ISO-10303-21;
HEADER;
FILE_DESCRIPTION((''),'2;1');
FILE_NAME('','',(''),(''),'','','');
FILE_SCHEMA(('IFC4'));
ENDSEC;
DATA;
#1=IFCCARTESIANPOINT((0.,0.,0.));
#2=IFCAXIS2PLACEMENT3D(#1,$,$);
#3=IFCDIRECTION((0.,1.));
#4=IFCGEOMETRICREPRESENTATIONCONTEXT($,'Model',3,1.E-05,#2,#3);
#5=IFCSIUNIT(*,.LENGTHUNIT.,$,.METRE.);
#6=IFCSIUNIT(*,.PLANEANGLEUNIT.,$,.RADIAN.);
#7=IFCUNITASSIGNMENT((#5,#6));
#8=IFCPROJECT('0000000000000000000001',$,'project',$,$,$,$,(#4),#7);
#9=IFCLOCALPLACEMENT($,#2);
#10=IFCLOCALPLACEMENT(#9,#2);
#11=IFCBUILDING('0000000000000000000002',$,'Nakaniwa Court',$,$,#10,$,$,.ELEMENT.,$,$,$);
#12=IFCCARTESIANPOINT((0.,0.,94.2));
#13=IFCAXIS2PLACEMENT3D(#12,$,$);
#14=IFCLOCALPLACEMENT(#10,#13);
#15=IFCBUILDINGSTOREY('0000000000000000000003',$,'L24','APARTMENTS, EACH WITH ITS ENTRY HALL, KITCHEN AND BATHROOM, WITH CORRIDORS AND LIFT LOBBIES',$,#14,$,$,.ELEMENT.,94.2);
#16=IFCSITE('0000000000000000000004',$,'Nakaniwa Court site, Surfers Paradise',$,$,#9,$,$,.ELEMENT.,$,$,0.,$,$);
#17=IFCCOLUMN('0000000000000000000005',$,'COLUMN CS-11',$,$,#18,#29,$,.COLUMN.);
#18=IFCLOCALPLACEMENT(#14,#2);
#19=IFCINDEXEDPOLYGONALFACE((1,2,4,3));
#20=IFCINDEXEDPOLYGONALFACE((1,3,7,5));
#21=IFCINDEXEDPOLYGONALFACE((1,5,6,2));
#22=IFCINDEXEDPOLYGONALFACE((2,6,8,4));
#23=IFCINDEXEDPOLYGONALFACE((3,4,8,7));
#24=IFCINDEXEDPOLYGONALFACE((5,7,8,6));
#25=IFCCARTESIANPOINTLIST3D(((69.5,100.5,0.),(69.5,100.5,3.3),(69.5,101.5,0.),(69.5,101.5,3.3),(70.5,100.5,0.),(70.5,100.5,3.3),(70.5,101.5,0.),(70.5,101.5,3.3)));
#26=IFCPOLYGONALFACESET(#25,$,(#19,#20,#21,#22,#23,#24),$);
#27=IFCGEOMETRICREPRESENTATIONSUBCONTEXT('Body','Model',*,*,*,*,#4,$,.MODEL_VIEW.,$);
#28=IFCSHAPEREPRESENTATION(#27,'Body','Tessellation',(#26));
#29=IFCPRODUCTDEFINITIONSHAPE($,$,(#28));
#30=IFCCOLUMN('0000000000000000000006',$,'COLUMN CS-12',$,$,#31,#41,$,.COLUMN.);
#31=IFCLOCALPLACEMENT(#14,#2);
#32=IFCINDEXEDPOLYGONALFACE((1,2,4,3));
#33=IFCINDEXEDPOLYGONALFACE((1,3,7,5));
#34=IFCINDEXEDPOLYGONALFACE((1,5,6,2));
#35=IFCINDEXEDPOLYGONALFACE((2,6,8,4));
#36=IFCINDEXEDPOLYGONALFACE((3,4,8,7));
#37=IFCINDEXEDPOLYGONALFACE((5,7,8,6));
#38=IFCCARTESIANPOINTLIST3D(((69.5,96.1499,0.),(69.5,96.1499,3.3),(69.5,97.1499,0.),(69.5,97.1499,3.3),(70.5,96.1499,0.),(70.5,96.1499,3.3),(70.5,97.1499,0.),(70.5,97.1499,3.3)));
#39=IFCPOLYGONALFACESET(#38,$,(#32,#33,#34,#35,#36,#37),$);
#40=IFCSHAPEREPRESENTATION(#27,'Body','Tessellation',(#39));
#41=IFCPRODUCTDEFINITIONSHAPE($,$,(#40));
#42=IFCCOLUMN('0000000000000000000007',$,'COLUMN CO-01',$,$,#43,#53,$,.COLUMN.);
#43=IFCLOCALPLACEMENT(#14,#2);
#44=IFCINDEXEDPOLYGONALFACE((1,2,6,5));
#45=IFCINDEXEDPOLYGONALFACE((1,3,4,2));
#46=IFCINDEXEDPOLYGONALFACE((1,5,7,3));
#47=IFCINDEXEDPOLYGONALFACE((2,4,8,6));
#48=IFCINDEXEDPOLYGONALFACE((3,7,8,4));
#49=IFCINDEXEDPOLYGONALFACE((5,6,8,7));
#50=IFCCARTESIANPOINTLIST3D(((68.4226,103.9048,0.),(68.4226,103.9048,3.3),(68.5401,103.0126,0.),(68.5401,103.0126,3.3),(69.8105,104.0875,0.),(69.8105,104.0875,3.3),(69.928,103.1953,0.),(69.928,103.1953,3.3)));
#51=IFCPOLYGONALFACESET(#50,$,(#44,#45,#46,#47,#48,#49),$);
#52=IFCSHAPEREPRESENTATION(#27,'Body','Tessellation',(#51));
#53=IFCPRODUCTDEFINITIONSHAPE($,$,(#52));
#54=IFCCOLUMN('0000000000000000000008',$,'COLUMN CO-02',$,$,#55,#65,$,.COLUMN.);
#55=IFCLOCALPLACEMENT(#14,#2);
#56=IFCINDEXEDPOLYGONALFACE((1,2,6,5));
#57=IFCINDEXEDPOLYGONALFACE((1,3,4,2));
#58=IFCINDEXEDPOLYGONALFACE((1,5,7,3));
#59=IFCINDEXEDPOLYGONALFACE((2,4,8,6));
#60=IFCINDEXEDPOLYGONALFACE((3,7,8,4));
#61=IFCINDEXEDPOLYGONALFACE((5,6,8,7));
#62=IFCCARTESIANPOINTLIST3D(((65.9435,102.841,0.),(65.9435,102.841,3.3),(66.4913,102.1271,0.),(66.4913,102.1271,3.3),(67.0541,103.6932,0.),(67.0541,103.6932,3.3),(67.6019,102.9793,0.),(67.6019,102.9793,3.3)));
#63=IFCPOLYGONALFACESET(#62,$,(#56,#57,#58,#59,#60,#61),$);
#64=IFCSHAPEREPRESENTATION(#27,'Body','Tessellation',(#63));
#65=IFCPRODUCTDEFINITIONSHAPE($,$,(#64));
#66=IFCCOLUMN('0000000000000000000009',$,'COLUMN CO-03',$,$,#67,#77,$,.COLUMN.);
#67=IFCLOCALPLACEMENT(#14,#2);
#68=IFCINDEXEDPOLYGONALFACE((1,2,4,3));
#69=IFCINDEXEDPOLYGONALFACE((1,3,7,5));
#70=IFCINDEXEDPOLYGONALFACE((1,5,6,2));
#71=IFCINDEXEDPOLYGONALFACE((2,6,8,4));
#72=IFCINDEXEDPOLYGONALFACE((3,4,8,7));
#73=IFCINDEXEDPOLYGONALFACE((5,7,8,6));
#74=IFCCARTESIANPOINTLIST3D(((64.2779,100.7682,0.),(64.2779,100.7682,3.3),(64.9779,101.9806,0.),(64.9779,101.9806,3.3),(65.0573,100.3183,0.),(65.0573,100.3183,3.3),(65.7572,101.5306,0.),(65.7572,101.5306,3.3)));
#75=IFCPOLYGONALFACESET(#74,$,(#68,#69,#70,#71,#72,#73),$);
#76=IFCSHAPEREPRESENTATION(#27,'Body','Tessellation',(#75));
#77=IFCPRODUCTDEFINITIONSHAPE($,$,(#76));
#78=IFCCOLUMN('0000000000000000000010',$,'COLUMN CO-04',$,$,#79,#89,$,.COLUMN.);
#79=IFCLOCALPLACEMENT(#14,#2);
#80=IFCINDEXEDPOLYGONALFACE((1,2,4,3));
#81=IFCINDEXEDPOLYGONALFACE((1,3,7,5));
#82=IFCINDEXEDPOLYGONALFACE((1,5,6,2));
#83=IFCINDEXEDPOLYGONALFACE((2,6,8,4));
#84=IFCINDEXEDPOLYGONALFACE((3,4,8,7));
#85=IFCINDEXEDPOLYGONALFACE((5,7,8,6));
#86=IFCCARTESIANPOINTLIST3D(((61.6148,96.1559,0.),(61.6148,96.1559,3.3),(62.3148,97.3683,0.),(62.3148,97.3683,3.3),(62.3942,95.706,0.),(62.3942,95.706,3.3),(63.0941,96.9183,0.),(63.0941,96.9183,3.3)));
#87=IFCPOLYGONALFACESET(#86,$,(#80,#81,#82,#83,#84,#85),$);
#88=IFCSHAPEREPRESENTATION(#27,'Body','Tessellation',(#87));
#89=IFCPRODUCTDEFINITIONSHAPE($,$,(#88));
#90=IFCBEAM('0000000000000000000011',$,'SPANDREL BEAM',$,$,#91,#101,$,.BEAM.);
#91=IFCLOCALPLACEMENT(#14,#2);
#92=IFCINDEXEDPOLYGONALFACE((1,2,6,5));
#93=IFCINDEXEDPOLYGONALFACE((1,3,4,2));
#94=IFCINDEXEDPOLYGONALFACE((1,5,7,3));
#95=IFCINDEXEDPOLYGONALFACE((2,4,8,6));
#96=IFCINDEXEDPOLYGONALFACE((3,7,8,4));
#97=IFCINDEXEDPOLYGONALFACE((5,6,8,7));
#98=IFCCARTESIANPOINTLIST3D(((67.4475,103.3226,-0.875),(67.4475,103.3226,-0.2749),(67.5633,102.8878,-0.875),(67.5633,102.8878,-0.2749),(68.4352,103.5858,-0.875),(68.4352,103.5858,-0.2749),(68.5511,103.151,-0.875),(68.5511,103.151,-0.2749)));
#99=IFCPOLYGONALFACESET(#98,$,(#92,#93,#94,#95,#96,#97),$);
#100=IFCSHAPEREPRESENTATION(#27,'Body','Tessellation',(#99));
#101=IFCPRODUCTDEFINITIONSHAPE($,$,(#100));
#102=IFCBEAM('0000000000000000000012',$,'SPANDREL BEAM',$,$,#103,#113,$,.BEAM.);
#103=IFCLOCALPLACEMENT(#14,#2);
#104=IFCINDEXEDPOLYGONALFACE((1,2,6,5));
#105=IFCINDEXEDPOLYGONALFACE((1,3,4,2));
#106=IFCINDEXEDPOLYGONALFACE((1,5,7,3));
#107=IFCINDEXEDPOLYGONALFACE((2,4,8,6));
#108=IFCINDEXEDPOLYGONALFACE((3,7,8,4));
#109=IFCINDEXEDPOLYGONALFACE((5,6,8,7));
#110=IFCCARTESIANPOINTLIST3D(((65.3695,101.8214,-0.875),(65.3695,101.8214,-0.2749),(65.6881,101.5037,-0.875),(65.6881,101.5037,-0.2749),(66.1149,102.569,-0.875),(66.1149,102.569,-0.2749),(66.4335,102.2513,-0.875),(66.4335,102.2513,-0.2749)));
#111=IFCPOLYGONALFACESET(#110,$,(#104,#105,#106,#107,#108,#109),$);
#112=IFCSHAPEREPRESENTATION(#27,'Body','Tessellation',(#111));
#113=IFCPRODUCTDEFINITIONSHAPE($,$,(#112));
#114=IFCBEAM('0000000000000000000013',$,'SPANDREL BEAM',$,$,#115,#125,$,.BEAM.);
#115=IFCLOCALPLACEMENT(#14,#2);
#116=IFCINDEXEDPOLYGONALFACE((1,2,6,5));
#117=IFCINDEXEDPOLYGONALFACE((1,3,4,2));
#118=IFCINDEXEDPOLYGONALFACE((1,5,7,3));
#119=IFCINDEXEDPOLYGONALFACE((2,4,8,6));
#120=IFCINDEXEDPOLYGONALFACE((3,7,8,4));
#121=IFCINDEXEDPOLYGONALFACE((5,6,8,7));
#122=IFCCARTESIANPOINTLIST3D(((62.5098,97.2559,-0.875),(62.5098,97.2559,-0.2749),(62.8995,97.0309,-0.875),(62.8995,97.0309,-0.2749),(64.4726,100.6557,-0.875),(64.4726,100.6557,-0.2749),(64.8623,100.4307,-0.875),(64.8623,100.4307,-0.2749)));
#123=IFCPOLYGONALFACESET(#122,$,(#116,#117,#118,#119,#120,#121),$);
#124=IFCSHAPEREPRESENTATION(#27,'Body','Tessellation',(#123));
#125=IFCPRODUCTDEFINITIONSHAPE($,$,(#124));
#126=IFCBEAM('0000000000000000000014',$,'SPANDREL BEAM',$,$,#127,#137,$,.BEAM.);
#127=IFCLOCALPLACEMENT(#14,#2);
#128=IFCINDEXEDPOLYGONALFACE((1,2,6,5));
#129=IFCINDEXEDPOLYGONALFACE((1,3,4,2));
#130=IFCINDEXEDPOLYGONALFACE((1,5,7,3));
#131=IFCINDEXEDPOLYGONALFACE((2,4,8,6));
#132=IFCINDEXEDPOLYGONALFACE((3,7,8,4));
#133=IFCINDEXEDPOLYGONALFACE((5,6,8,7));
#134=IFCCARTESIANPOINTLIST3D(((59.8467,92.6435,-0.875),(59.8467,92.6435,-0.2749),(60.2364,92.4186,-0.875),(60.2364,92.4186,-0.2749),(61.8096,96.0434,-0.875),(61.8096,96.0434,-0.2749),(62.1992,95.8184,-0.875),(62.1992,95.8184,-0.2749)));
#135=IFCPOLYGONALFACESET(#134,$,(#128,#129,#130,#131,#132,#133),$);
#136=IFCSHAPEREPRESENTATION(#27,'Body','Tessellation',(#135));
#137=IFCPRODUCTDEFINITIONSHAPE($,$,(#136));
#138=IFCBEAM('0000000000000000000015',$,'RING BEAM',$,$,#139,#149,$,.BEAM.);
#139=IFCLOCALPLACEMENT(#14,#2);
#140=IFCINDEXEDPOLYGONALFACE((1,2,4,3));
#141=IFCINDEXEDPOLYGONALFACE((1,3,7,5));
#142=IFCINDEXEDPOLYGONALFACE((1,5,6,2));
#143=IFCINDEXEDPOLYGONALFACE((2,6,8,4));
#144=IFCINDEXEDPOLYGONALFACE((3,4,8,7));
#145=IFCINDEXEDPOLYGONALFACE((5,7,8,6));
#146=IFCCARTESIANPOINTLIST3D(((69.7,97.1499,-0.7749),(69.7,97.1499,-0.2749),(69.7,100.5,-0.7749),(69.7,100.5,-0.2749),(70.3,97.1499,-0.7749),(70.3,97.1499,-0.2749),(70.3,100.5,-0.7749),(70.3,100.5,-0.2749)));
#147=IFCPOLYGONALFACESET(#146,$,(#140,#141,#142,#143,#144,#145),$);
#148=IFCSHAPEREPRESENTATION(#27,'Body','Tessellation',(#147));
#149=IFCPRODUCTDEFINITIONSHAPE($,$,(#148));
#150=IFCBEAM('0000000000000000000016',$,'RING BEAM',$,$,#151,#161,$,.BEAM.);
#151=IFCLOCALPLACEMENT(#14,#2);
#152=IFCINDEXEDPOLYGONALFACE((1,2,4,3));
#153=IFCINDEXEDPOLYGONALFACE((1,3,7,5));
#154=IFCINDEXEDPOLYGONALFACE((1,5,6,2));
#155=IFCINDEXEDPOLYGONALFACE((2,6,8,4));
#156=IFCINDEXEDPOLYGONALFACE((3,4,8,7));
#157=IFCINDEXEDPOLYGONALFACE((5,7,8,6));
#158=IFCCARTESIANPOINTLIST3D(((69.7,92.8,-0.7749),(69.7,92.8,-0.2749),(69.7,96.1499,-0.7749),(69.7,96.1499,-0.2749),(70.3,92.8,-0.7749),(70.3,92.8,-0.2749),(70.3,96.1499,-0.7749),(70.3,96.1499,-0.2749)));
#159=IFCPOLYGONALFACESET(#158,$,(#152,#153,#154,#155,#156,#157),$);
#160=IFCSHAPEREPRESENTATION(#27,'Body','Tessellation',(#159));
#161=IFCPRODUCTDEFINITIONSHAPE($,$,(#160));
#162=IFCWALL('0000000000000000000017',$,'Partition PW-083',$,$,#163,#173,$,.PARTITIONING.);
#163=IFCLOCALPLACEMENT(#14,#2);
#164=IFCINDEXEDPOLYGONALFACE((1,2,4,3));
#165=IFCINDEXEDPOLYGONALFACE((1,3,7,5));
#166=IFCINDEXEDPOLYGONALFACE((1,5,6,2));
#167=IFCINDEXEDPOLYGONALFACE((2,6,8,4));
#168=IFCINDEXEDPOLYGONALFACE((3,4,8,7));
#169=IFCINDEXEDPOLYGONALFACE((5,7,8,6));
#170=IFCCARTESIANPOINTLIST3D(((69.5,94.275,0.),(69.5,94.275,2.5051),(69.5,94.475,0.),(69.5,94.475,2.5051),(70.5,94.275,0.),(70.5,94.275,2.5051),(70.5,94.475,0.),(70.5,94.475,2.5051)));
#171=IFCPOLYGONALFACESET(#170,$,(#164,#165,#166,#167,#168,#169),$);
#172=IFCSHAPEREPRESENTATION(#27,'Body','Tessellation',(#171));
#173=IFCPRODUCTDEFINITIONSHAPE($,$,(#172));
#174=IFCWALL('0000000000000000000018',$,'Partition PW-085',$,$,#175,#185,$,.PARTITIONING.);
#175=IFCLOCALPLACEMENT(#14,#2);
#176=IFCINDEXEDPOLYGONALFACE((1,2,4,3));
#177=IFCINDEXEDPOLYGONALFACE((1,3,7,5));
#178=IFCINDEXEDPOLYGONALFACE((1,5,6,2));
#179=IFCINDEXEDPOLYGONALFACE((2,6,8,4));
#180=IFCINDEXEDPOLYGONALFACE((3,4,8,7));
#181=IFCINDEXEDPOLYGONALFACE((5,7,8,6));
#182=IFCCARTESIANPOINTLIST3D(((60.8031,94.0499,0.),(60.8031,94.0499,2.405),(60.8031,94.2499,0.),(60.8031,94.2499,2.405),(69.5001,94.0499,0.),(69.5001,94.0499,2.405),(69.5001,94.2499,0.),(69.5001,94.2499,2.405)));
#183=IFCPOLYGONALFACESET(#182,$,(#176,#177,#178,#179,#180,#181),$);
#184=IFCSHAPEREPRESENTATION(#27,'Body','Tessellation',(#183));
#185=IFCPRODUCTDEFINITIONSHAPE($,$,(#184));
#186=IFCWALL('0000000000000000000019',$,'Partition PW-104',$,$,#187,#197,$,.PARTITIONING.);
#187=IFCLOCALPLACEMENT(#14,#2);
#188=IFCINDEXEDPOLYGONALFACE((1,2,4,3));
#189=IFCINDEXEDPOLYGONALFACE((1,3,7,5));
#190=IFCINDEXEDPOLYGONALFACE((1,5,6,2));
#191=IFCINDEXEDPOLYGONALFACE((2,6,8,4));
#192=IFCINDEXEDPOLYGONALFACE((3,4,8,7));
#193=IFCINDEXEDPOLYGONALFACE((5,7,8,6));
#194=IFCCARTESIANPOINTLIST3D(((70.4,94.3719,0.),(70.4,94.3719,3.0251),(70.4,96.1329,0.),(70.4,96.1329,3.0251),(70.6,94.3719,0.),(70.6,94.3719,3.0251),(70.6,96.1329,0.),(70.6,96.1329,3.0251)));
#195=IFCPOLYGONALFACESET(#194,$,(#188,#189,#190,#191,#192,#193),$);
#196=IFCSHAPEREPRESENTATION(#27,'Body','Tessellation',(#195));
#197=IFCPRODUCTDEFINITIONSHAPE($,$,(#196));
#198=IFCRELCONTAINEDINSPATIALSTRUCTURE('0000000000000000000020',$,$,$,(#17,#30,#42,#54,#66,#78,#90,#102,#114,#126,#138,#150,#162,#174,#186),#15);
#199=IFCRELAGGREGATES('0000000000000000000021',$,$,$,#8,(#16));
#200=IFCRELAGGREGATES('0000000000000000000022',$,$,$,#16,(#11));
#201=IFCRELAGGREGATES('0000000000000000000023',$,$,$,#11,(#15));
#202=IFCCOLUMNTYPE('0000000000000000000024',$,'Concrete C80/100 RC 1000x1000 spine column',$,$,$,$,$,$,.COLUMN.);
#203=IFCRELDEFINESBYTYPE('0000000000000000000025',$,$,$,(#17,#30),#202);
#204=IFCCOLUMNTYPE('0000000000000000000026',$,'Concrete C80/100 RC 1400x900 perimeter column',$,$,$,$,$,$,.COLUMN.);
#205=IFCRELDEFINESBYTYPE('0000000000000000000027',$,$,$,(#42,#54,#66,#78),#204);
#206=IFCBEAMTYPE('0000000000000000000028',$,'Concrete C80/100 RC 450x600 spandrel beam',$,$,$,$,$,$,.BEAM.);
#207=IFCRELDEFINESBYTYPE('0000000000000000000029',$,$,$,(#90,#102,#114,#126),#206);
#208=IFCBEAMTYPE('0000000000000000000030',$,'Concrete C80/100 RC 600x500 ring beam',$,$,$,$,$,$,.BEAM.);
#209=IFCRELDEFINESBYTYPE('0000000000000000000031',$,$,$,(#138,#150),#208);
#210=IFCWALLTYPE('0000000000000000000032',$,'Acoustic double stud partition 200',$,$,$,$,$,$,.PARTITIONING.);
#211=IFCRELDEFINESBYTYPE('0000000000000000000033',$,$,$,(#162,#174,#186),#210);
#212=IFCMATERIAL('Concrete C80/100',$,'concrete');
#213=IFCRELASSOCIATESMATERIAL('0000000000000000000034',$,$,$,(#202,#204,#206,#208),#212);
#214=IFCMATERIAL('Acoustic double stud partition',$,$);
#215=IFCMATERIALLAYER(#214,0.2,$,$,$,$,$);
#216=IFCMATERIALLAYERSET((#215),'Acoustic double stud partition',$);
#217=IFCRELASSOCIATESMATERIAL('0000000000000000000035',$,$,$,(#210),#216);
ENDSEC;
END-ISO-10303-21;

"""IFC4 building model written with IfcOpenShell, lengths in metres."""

from ifc_helpers import new_model, si_unit, direction, frame, frame_2d, origin, origin_2d, place, context, subcontext, project, spatial, rectangle, extrude, material, layer, layer_set, material_profile, profile_set, type_object, element, save


model = new_model("IFC4")

# Units and contexts
model_context = context("Model", 3, precision=1e-05, world=origin(), true_north=direction((0.0, 1.0)))
body_context = subcontext(model_context, "Body", "Model", "MODEL_VIEW")
ifc_project = project(units=[si_unit("LENGTHUNIT", "METRE"), si_unit("PLANEANGLEUNIT", "RADIAN")], contexts=[model_context])

# Site, building, storey
site_placement = place(None, origin())
site = spatial("IfcSite", under=ifc_project, at=site_placement, Name="Nakaniwa Court site, Surfers Paradise", CompositionType="ELEMENT", RefElevation=0.0)
building_placement = place(site_placement, origin())
building = spatial("IfcBuilding", under=site, at=building_placement, Name="Nakaniwa Court", CompositionType="ELEMENT")
storey_placement = place(building_placement, frame((0.0, 0.0, 94.2)))
storey = spatial("IfcBuildingStorey", under=building, at=storey_placement, Name="L24", Description="APARTMENTS, EACH WITH ITS ENTRY HALL, KITCHEN AND BATHROOM, WITH CORRIDORS AND LIFT LOBBIES", CompositionType="ELEMENT", Elevation=94.2)

# Columns
ifc_material_1 = material(Name="Concrete C80/100", Category="concrete")
ifc_material_profile_1 = material_profile(ifc_material_1, rectangle(XDim=1.0, YDim=1.0, at=origin_2d()), Name="Concrete C80/100 RC 1000x1000 spine column")
ifc_profile_set_1 = profile_set([ifc_material_profile_1], Name="Concrete C80/100")
column_type_1 = type_object("IfcColumnType", Name="Concrete C80/100 RC 1000x1000 spine column", PredefinedType="COLUMN", material=ifc_profile_set_1)
for number, where, z_axis, x_axis, name in (
    (1, (70.0, 101.0, 0.0), (0.0, 0.0, 1.0), (0.0, -1.0, 0.0), "COLUMN CS-11"),
    (2, (70.0, 96.6499, 0.0), (0.0, 0.0, 1.0), (0.0, -1.0, 0.0), "COLUMN CS-12"),
):
    element("IfcColumn", number, at=place(storey_placement, frame(where, z_axis=z_axis, x_axis=x_axis)), inside=storey, type_object=column_type_1, Name=name, PredefinedType="COLUMN", context=body_context, shape_type="SweptSolid", body=[
        extrude(rectangle(XDim=1.0, YDim=1.0, at=origin_2d()), origin(), (0.0, 0.0, 1.0), 3.3),
    ])
ifc_material_profile_2 = material_profile(ifc_material_1, rectangle(XDim=1.3999, YDim=0.8999, at=origin_2d()), Name="Concrete C80/100 RC 1400x900 perimeter column")
ifc_profile_set_2 = profile_set([ifc_material_profile_2], Name="Concrete C80/100")
column_type_2 = type_object("IfcColumnType", Name="Concrete C80/100 RC 1400x900 perimeter column", PredefinedType="COLUMN", material=ifc_profile_set_2)
for number, where, z_axis, x_axis, name in (
    (3, (69.1753, 103.55, 0.0), (0.0, 0.0, 1.0), (-0.991443, -0.130543, 0.0), "COLUMN CO-01"),
    (4, (66.7727, 102.9102, 0.0), (0.0, 0.0, 1.0), (-0.793364, -0.608748, 0.0), "COLUMN CO-02"),
    (5, (65.0176, 101.1494, 0.0), (0.0, 0.0, 1.0), (-0.5, -0.866025, 0.0), "COLUMN CO-03"),
    (6, (62.3545, 96.5371, 0.0), (0.0, 0.0, 1.0), (-0.5, -0.866025, 0.0), "COLUMN CO-04"),
):
    element("IfcColumn", number, at=place(storey_placement, frame(where, z_axis=z_axis, x_axis=x_axis)), inside=storey, type_object=column_type_2, Name=name, PredefinedType="COLUMN", context=body_context, shape_type="SweptSolid", body=[
        extrude(rectangle(XDim=1.3999, YDim=0.8999, at=origin_2d()), origin(), (0.0, 0.0, 1.0), 3.3),
    ])

# Beams
ifc_material_profile_3 = material_profile(ifc_material_1, rectangle(XDim=0.45, YDim=0.6001, at=origin_2d()), Name="Concrete C80/100 RC 450x600 spandrel beam")
ifc_profile_set_3 = profile_set([ifc_material_profile_3], Name="Concrete C80/100")
beam_type_1 = type_object("IfcBeamType", Name="Concrete C80/100 RC 450x600 spandrel beam", PredefinedType="BEAM", material=ifc_profile_set_3)
beam_1_placement = place(storey_placement, frame((68.4932, 103.3684, -0.575), z_axis=(-0.96629, -0.257455, 0.0), x_axis=(0.257455, -0.96629, 0.0)))
element("IfcBeam", 7, at=beam_1_placement, inside=storey, type_object=beam_type_1, Name="SPANDREL BEAM", PredefinedType="BEAM", context=body_context, shape_type="SweptSolid", body=[
    extrude(rectangle(XDim=0.45, YDim=0.6001, at=origin_2d()), origin(), (0.0, 0.0, 1.0), 1.0222),
])
beam_2_placement = place(storey_placement, frame((66.2742, 102.4102, -0.575), z_axis=(-0.706065, -0.708147, 0.0), x_axis=(0.708147, -0.706065, 0.0)))
element("IfcBeam", 8, at=beam_2_placement, inside=storey, type_object=beam_type_1, Name="SPANDREL BEAM", PredefinedType="BEAM", context=body_context, shape_type="SweptSolid", body=[
    extrude(rectangle(XDim=0.45, YDim=0.6001, at=origin_2d()), origin(), (0.0, 0.0, 1.0), 1.0557),
])
for number, where, z_axis, x_axis, name in (
    (9, (64.6675, 100.5432, -0.575), (-0.499992, -0.86603, 0.0), (0.86603, -0.499992, 0.0), "SPANDREL BEAM"),
    (10, (62.0044, 95.9309, -0.575), (-0.499992, -0.86603, 0.0), (0.86603, -0.499992, 0.0), "SPANDREL BEAM"),
):
    element("IfcBeam", number, at=place(storey_placement, frame(where, z_axis=z_axis, x_axis=x_axis)), inside=storey, type_object=beam_type_1, Name=name, PredefinedType="BEAM", context=body_context, shape_type="SweptSolid", body=[
        extrude(rectangle(XDim=0.45, YDim=0.6001, at=origin_2d()), origin(), (0.0, 0.0, 1.0), 3.9258),
    ])
ifc_material_profile_4 = material_profile(ifc_material_1, rectangle(XDim=0.6001, YDim=0.5, at=origin_2d()), Name="Concrete C80/100 RC 600x500 ring beam")
ifc_profile_set_4 = profile_set([ifc_material_profile_4], Name="Concrete C80/100")
beam_type_2 = type_object("IfcBeamType", Name="Concrete C80/100 RC 600x500 ring beam", PredefinedType="BEAM", material=ifc_profile_set_4)
beam_3_placement = place(storey_placement, frame((70.0, 100.5, -0.5249), z_axis=(0.0, -1.0, 0.0), x_axis=(1.0, 0.0, 0.0)))
element("IfcBeam", 11, at=beam_3_placement, inside=storey, type_object=beam_type_2, Name="RING BEAM", PredefinedType="BEAM", context=body_context, shape_type="SweptSolid", body=[
    extrude(rectangle(XDim=0.6001, YDim=0.5, at=origin_2d()), origin(), (0.0, 0.0, 1.0), 3.3501),
])
beam_4_placement = place(storey_placement, frame((70.0, 96.1499, -0.5249), z_axis=(0.0, -1.0, 0.0), x_axis=(1.0, 0.0, 0.0)))
element("IfcBeam", 12, at=beam_4_placement, inside=storey, type_object=beam_type_2, Name="RING BEAM", PredefinedType="BEAM", context=body_context, shape_type="SweptSolid", body=[
    extrude(rectangle(XDim=0.6001, YDim=0.5, at=origin_2d()), origin(), (0.0, 0.0, 1.0), 3.3499),
])

# Walls
ifc_material_2 = material(Name="Acoustic double stud partition")
ifc_layer_1 = layer(ifc_material_2, 0.2)
ifc_layer_set_1 = layer_set([ifc_layer_1], Name="Acoustic double stud partition")
wall_type_1 = type_object("IfcWallType", Name="Acoustic double stud partition 200", PredefinedType="PARTITIONING", material=ifc_layer_set_1)
wall_1_placement = place(storey_placement, frame((69.5, 94.375, 0.0), z_axis=(0.0, 0.0, 1.0), x_axis=(1.0, 0.0, 0.0)))
element("IfcWall", 13, at=wall_1_placement, inside=storey, type_object=wall_type_1, Name="Partition PW-083", PredefinedType="PARTITIONING", context=body_context, shape_type="SweptSolid", body=[
    extrude(rectangle(XDim=1.0, YDim=0.2, at=frame_2d((0.5, 0.0))), origin(), (0.0, 0.0, 1.0), 2.5051),
])
wall_2_placement = place(storey_placement, frame((60.803, 94.1499, 0.0), z_axis=(0.0, 0.0, 1.0), x_axis=(1.0, 0.0, 0.0)))
element("IfcWall", 14, at=wall_2_placement, inside=storey, type_object=wall_type_1, Name="Partition PW-085", PredefinedType="PARTITIONING", context=body_context, shape_type="SweptSolid", body=[
    extrude(rectangle(XDim=8.697, YDim=0.2, at=frame_2d((4.3486, 0.0))), origin(), (0.0, 0.0, 1.0), 2.405),
])
wall_3_placement = place(storey_placement, frame((70.5, 94.3721, 0.0), z_axis=(0.0, 0.0, 1.0), x_axis=(0.0, 1.0, 0.0)))
element("IfcWall", 15, at=wall_3_placement, inside=storey, type_object=wall_type_1, Name="Partition PW-104", PredefinedType="PARTITIONING", context=body_context, shape_type="SweptSolid", body=[
    extrude(rectangle(XDim=1.761, YDim=0.2, at=frame_2d((0.8804, 0.0))), origin(), (0.0, 0.0, 1.0), 3.0251),
])

save(model, "model.ifc")
